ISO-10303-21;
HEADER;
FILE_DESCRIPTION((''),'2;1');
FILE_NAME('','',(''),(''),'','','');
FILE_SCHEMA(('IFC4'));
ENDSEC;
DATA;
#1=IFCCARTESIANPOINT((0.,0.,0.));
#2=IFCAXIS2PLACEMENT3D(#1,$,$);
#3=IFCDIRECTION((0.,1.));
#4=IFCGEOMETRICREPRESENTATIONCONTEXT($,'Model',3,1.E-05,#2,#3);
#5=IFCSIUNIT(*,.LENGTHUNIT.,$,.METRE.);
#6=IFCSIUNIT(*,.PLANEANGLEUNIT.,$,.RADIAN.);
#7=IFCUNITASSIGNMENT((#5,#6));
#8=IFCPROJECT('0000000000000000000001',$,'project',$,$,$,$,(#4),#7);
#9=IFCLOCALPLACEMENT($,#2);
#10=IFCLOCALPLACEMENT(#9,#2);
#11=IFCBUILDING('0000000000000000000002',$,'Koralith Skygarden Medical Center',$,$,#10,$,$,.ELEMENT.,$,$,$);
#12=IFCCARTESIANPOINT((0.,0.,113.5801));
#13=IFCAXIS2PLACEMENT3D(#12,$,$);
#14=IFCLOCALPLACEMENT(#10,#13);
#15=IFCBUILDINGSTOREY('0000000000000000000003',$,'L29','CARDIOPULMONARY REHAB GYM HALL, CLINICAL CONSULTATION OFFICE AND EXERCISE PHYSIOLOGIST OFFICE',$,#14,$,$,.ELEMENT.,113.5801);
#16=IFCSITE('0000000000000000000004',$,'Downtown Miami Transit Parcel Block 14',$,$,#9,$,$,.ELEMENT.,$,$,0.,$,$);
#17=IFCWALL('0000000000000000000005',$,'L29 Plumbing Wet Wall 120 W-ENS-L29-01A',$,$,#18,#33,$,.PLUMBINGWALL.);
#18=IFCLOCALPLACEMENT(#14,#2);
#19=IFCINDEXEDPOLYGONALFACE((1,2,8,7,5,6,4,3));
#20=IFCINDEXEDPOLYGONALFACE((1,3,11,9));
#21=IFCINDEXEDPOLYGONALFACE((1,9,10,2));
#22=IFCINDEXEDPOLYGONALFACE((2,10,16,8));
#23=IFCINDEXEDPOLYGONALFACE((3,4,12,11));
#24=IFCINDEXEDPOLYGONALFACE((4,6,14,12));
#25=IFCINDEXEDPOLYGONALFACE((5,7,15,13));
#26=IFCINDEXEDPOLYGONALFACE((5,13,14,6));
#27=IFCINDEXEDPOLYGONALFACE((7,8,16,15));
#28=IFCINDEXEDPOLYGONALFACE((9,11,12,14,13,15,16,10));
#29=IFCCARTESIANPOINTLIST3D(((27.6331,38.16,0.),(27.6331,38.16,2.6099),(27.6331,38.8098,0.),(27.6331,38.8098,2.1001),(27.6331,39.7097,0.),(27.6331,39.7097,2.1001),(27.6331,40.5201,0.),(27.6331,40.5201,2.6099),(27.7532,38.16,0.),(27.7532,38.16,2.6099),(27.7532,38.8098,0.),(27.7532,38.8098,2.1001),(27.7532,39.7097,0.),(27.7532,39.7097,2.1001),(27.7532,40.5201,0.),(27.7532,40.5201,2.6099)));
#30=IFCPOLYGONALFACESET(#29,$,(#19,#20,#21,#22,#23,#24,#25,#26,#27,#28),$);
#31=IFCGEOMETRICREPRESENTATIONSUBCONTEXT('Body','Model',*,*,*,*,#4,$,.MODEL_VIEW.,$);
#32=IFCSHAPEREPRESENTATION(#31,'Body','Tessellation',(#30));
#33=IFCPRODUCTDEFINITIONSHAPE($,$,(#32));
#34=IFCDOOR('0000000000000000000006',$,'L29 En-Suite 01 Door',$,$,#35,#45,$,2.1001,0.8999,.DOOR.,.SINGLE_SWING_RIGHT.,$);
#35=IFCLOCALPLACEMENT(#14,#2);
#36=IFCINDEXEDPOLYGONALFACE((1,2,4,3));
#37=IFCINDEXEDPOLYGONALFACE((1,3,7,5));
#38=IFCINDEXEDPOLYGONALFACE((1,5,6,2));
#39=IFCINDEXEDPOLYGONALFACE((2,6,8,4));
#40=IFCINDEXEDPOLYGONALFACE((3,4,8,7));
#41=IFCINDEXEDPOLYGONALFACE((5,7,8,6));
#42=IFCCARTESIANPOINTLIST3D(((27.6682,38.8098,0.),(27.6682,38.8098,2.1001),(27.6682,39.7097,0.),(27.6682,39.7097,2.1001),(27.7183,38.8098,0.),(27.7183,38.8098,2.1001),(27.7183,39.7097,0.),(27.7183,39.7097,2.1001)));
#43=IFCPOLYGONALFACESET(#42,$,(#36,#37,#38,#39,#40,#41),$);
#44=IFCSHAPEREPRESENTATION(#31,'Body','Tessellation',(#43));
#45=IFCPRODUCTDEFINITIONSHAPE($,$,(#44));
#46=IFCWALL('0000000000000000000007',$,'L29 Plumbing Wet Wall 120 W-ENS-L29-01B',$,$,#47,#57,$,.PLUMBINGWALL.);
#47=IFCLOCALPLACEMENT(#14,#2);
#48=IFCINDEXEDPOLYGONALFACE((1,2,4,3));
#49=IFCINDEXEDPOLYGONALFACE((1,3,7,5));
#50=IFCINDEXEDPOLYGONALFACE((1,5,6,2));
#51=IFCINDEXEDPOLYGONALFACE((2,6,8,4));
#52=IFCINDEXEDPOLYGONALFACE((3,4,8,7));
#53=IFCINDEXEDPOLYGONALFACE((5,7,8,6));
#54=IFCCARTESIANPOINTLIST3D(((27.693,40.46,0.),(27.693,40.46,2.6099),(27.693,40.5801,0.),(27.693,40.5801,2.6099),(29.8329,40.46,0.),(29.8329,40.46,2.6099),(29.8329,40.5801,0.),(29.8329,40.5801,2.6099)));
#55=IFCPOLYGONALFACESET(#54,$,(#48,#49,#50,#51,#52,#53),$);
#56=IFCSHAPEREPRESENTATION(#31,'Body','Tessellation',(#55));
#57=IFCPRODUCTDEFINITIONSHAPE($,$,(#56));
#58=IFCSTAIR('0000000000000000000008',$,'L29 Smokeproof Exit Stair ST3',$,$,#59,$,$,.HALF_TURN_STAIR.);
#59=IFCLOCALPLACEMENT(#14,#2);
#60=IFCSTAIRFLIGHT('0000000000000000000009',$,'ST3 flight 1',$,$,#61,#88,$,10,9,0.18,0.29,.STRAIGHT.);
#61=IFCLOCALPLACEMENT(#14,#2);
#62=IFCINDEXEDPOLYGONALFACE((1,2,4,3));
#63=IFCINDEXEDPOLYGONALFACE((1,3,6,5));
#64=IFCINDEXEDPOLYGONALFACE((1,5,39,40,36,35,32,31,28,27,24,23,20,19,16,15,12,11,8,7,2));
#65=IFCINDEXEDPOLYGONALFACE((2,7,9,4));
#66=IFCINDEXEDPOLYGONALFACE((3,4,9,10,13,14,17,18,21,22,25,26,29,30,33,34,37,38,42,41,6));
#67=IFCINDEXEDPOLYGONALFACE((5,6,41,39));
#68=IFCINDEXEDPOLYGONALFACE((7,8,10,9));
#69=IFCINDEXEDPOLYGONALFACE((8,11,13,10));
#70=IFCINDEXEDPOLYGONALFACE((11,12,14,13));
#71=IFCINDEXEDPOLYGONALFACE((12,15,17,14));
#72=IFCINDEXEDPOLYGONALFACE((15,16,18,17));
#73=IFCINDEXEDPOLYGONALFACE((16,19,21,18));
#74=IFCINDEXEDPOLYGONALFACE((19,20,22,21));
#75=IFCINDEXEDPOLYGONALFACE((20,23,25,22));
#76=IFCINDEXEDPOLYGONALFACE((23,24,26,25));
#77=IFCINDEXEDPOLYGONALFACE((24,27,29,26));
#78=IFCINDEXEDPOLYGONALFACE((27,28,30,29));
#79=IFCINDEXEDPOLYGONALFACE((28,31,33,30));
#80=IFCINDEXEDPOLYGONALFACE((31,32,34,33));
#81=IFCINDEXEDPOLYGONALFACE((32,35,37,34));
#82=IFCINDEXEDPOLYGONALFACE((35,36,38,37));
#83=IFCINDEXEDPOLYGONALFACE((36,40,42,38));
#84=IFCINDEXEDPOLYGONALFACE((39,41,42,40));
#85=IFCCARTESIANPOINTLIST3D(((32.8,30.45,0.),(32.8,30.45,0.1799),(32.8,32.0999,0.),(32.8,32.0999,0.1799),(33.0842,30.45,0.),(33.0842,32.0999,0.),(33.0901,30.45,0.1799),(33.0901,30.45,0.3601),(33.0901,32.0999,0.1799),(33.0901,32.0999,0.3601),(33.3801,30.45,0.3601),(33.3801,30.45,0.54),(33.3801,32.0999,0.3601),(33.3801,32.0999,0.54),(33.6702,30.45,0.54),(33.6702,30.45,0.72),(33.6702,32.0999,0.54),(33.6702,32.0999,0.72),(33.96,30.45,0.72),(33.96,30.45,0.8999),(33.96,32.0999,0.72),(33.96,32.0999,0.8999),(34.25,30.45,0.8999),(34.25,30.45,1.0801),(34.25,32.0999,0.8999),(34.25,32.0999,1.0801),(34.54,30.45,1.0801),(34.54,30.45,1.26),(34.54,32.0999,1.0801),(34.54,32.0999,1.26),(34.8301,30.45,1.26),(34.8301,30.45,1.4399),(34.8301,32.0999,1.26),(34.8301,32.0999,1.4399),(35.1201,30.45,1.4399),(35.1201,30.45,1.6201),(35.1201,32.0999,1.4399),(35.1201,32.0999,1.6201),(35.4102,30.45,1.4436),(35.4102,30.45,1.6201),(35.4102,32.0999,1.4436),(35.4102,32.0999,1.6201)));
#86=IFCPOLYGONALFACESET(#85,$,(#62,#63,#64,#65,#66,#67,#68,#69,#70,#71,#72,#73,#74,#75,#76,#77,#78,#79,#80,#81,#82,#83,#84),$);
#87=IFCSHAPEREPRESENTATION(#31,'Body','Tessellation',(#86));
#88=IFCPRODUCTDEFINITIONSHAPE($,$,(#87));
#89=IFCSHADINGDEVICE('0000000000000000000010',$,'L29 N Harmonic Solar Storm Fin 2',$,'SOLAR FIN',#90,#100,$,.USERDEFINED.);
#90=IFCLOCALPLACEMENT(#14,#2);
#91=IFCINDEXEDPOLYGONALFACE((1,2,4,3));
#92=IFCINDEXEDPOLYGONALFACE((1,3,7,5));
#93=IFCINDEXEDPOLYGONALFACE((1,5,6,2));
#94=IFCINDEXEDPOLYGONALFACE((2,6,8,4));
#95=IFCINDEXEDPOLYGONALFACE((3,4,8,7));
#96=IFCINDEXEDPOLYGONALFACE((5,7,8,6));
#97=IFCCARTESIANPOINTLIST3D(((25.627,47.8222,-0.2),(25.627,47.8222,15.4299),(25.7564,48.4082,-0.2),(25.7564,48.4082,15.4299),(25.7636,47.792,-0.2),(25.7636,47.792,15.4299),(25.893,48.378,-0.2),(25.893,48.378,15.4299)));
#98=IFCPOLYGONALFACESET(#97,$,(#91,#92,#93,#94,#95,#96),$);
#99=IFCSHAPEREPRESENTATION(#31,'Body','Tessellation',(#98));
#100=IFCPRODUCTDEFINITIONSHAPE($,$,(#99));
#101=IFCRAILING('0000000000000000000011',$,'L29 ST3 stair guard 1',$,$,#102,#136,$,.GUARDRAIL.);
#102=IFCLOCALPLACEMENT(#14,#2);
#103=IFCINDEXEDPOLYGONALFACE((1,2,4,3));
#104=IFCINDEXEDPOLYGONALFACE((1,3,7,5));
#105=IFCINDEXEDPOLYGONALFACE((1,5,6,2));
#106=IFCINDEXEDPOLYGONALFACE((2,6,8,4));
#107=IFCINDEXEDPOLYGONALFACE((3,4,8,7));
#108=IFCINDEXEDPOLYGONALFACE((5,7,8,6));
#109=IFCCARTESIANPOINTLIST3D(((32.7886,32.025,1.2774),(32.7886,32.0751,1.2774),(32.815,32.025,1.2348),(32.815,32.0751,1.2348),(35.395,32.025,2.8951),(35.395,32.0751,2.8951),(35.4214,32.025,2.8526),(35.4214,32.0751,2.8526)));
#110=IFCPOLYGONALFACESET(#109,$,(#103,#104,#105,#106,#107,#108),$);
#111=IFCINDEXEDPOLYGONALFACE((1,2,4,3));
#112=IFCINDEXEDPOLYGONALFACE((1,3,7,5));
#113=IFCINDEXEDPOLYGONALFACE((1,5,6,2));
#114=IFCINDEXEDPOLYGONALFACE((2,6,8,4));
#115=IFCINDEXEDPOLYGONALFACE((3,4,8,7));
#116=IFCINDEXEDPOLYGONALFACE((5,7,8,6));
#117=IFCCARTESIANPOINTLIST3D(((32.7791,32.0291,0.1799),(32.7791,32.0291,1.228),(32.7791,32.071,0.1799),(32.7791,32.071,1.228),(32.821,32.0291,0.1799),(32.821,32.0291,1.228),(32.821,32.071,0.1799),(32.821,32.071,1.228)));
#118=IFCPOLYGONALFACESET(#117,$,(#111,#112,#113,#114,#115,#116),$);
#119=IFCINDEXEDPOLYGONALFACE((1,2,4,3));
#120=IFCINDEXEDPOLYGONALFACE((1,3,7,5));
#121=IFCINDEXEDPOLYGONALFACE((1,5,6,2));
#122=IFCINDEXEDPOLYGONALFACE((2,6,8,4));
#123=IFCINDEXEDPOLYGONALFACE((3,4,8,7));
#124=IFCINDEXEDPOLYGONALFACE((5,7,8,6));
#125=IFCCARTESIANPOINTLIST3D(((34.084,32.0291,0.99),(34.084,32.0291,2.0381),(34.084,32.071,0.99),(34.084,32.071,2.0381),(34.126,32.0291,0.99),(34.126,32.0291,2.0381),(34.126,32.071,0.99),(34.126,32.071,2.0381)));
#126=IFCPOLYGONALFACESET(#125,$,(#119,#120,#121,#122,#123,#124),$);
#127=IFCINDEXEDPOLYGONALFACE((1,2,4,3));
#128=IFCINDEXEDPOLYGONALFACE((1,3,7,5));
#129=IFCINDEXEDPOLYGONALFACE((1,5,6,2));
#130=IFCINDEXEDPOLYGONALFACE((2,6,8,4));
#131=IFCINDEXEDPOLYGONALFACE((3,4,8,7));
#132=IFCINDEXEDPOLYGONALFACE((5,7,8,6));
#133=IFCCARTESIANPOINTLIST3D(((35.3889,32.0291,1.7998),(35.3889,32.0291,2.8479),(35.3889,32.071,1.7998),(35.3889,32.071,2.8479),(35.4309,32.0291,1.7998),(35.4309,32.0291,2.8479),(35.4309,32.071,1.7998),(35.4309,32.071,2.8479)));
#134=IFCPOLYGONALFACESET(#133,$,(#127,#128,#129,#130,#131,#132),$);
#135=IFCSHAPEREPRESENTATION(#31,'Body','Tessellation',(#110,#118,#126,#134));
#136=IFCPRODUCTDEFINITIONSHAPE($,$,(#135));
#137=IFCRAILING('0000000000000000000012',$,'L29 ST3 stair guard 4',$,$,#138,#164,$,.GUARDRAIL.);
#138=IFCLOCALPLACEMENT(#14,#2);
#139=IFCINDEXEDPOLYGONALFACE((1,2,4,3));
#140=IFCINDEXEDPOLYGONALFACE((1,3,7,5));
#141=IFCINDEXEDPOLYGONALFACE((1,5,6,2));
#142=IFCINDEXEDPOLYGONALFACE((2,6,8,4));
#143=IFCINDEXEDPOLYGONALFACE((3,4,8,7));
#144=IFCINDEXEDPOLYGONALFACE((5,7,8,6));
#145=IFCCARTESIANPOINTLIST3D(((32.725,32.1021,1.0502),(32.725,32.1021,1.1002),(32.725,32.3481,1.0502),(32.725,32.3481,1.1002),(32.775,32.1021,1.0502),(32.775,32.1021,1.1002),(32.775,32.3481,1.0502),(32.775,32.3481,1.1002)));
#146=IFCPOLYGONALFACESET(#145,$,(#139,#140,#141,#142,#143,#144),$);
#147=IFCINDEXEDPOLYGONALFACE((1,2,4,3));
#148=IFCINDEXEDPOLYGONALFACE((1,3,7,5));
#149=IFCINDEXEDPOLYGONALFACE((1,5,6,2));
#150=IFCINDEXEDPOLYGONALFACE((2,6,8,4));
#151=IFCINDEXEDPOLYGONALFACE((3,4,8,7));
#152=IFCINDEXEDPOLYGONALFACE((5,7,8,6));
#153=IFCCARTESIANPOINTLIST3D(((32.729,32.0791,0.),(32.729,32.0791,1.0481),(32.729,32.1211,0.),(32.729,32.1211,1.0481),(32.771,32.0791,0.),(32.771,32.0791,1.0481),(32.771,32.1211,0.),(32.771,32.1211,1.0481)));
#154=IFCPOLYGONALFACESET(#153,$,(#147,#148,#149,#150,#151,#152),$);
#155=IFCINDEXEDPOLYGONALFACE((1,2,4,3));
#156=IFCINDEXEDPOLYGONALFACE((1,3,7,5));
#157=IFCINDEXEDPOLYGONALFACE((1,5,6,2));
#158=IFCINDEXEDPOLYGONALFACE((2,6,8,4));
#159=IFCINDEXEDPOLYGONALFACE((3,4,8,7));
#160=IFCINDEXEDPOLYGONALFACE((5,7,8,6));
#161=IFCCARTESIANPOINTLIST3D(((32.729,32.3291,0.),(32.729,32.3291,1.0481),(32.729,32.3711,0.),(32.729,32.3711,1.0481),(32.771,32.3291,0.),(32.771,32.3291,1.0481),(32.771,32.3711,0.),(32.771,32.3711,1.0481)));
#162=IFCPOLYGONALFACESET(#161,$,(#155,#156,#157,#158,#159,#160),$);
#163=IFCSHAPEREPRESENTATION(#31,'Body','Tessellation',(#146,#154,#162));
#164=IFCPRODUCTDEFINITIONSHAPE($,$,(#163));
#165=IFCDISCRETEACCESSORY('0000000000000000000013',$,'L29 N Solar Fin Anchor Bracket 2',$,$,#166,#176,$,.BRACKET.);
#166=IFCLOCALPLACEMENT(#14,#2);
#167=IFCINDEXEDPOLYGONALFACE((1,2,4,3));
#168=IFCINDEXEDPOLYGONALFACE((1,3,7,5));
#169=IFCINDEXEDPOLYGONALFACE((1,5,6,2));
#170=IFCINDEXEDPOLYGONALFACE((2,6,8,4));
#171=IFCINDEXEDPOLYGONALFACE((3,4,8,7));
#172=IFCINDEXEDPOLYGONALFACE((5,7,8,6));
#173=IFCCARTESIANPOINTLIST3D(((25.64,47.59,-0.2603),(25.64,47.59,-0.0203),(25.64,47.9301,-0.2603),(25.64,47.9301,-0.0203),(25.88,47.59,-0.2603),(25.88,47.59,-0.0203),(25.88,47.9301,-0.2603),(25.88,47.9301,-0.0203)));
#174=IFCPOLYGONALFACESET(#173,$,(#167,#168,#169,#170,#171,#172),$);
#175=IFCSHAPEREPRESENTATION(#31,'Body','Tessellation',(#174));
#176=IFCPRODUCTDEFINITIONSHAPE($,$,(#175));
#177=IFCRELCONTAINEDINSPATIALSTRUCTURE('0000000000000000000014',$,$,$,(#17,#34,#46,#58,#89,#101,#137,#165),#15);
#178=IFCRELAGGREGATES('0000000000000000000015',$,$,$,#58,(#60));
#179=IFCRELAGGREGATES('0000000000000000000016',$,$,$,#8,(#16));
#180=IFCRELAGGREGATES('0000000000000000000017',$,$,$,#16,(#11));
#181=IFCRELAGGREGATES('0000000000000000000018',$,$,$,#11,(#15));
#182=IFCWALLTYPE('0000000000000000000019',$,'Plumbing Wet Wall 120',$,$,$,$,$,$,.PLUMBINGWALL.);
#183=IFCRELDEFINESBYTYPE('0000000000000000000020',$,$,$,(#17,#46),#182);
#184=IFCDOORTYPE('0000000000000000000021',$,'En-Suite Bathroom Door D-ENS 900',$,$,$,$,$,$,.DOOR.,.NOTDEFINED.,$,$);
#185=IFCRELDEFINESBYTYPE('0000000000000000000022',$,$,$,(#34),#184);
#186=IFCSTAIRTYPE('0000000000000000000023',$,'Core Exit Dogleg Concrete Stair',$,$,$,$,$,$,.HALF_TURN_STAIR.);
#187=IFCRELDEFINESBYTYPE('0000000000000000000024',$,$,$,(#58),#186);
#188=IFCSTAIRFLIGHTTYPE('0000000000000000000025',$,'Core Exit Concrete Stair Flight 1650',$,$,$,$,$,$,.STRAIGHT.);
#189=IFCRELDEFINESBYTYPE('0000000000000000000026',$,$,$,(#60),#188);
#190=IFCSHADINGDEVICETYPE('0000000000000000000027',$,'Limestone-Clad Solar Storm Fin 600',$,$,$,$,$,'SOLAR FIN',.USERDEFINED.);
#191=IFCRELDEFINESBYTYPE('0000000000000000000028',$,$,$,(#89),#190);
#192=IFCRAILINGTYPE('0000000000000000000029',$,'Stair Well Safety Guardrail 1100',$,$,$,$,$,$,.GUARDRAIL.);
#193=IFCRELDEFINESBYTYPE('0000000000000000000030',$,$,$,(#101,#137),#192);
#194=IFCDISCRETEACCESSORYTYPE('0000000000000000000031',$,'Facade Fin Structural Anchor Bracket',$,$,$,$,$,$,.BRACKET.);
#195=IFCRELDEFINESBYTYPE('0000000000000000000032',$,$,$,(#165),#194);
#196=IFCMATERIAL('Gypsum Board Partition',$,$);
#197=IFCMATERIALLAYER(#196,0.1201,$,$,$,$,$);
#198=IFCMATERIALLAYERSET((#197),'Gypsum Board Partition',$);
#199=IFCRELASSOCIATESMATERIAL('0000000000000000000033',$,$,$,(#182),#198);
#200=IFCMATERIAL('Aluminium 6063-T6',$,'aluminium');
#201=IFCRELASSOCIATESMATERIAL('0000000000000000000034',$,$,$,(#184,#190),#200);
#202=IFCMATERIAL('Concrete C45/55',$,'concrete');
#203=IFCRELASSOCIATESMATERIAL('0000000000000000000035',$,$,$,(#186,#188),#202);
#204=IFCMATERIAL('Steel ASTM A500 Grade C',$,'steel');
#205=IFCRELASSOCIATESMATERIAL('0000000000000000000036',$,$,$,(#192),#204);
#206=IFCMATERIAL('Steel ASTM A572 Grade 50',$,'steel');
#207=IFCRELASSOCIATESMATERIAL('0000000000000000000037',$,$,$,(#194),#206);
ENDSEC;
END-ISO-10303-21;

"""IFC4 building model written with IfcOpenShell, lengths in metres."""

from ifc_helpers import new_model, si_unit, direction, frame, frame_2d, origin, origin_2d, place, context, subcontext, project, spatial, polyline, rectangle, outline, extrude, material, layer, layer_set, type_object, element, fill, aggregate, save


model = new_model("IFC4")

# Units and contexts
model_context = context("Model", 3, precision=1e-05, world=origin(), true_north=direction((0.0, 1.0)))
body_context = subcontext(model_context, "Body", "Model", "MODEL_VIEW")
ifc_project = project(units=[si_unit("LENGTHUNIT", "METRE"), si_unit("PLANEANGLEUNIT", "RADIAN")], contexts=[model_context])

# Site, building, storey
site_placement = place(None, origin())
site = spatial("IfcSite", under=ifc_project, at=site_placement, Name="Downtown Miami Transit Parcel Block 14", CompositionType="ELEMENT", RefElevation=0.0)
building_placement = place(site_placement, origin())
building = spatial("IfcBuilding", under=site, at=building_placement, Name="Koralith Skygarden Medical Center", CompositionType="ELEMENT")
storey_placement = place(building_placement, frame((0.0, 0.0, 113.5801)))
storey = spatial("IfcBuildingStorey", under=building, at=storey_placement, Name="L29", Description="CARDIOPULMONARY REHAB GYM HALL, CLINICAL CONSULTATION OFFICE AND EXERCISE PHYSIOLOGIST OFFICE", CompositionType="ELEMENT", Elevation=113.5801)

# Shared definitions
ifc_material_1 = material(Name="Aluminium 6063-T6", Category="aluminium")

# Shared definitions
ifc_material_2 = material(Name="Concrete C45/55", Category="concrete")

# Shared definitions
ifc_material_3 = material(Name="Gypsum Board Partition")

# Wall, opening, door
ifc_layer_1 = layer(ifc_material_3, 0.1201)
ifc_layer_set_1 = layer_set([ifc_layer_1], Name="Gypsum Board Partition")
wall_type_1 = type_object("IfcWallType", Name="Plumbing Wet Wall 120", PredefinedType="PLUMBINGWALL", material=ifc_layer_set_1)
wall_1_placement = place(storey_placement, frame((27.6931, 38.1599, 0.0), z_axis=(0.0, 0.0, 1.0), x_axis=(0.0, 1.0, 0.0)))
wall_1 = element("IfcWall", 1, at=wall_1_placement, inside=storey, type_object=wall_type_1, Name="L29 Plumbing Wet Wall 120 W-ENS-L29-01A", PredefinedType="PLUMBINGWALL", context=body_context, shape_type="SweptSolid", body=[
    extrude(rectangle(XDim=2.3601, YDim=0.1201, at=frame_2d((1.1802, 0.0))), origin(), (0.0, 0.0, 1.0), 2.6099),
])
opening_1_placement = place(wall_1_placement, frame((0.6499, 0.0, 0.0)))
opening_1 = element("IfcOpeningElement", 2, at=opening_1_placement, cuts=wall_1, PredefinedType="OPENING", context=body_context, shape_type="SweptSolid", body=[
    extrude(rectangle(XDim=0.8999, YDim=2.1001, at=frame_2d((0.45, 1.05))), frame((0.0, 0.0701, 0.0), z_axis=(0.0, -1.0, 0.0), x_axis=(1.0, 0.0, 0.0)), (0.0, 0.0, 1.0), 0.1401),
])
door_type_1 = type_object("IfcDoorType", Name="En-Suite Bathroom Door D-ENS 900", OperationType="NOTDEFINED", PredefinedType="DOOR", material=ifc_material_1)
door_1_placement = place(opening_1_placement, origin())
door_1 = element("IfcDoor", 3, at=door_1_placement, inside=storey, type_object=door_type_1, Name="L29 En-Suite 01 Door", OperationType="SINGLE_SWING_RIGHT", OverallHeight=2.1001, OverallWidth=0.8999, PredefinedType="DOOR", context=body_context, shape_type="SweptSolid", body=[
    extrude(rectangle(XDim=0.8999, YDim=2.1001, at=frame_2d((0.45, 1.05))), frame((0.0, 0.0249, 0.0), z_axis=(0.0, -1.0, 0.0), x_axis=(1.0, 0.0, 0.0)), (0.0, 0.0, 1.0), 0.05),
])
fill(opening_1, door_1)

# Wall
wall_2_placement = place(storey_placement, frame((27.6931, 40.52, 0.0), z_axis=(0.0, 0.0, 1.0), x_axis=(1.0, 0.0, 0.0)))
element("IfcWall", 4, at=wall_2_placement, inside=storey, type_object=wall_type_1, Name="L29 Plumbing Wet Wall 120 W-ENS-L29-01B", PredefinedType="PLUMBINGWALL", context=body_context, shape_type="SweptSolid", body=[
    extrude(rectangle(XDim=2.1399, YDim=0.1201, at=frame_2d((1.0698, 0.0))), origin(), (0.0, 0.0, 1.0), 2.6099),
])

# Stair, stair flight
stair_type = type_object("IfcStairType", Name="Core Exit Dogleg Concrete Stair", PredefinedType="HALF_TURN_STAIR", material=ifc_material_2)
stair_placement = place(storey_placement, origin())
stair = element("IfcStair", 5, at=stair_placement, inside=storey, type_object=stair_type, Name="L29 Smokeproof Exit Stair ST3", PredefinedType="HALF_TURN_STAIR")
stair_flight_type = type_object("IfcStairFlightType", Name="Core Exit Concrete Stair Flight 1650", PredefinedType="STRAIGHT", material=ifc_material_2)
stair_flight_placement = place(storey_placement, frame((32.8, 31.2749, 0.0), z_axis=(0.0, 0.0, 1.0), x_axis=(1.0, 0.0, 0.0)))
stair_flight = element("IfcStairFlight", 6, at=stair_flight_placement, type_object=stair_flight_type, Name="ST3 flight 1", NumberOfRisers=10, NumberOfTreads=9, PredefinedType="STRAIGHT", RiserHeight=0.18, TreadLength=0.29, context=body_context, shape_type="SweptSolid", body=[
    extrude(outline(polyline([(0.0, 0.0), (0.0, 0.1799), (0.29, 0.1799), (0.29, 0.3601), (0.5801, 0.3601), (0.5801, 0.54), (0.8701, 0.54), (0.8701, 0.72), (1.1599, 0.72), (1.1599, 0.8999), (1.45, 0.8999), (1.45, 1.0801), (1.74, 1.0801), (1.74, 1.26), (2.03, 1.26), (2.03, 1.4399), (2.3201, 1.4399), (2.3201, 1.6201), (2.6101, 1.6201), (2.6101, 1.8), (2.6101, 1.4436), (0.2842, 0.0), (0.0, 0.0)])), frame((0.0, 0.825, 0.0), z_axis=(0.0, -1.0, 0.0), x_axis=(1.0, 0.0, 0.0)), (0.0, 0.0, 1.0), 1.6499),
])
aggregate(stair, [stair_flight])

# Shading device
shading_device_type = type_object("IfcShadingDeviceType", Name="Limestone-Clad Solar Storm Fin 600", ElementType="SOLAR FIN", PredefinedType="USERDEFINED", material=ifc_material_1)
shading_device_placement = place(storey_placement, frame((25.76, 48.1001, -0.2), z_axis=(0.0, 0.0, 1.0), x_axis=(0.215553, 0.976492, 0.0)))
element("IfcShadingDevice", 7, at=shading_device_placement, inside=storey, type_object=shading_device_type, Name="L29 N Harmonic Solar Storm Fin 2", ObjectType="SOLAR FIN", PredefinedType="USERDEFINED", context=body_context, shape_type="SweptSolid", body=[
    extrude(rectangle(XDim=0.6001, YDim=0.1399, at=origin_2d()), origin(), (0.0, 0.0, 1.0), 15.6299),
])

# Railings
ifc_material_4 = material(Name="Steel ASTM A500 Grade C", Category="steel")
railing_type = type_object("IfcRailingType", Name="Stair Well Safety Guardrail 1100", PredefinedType="GUARDRAIL", material=ifc_material_4)
railing_1_placement = place(storey_placement, frame((32.8, 32.05, 0.1799)))
element("IfcRailing", 8, at=railing_1_placement, inside=storey, type_object=railing_type, Name="L29 ST3 stair guard 1", PredefinedType="GUARDRAIL", context=body_context, shape_type="SweptSolid", body=[
    extrude(rectangle(XDim=0.05, YDim=0.05, at=origin_2d()), frame((0.0017, 0.0, 1.0762), z_axis=(0.849646, 0.0, 0.527353), x_axis=(0.0, 1.0, 0.0)), (0.0, 0.0, 1.0), 3.0676),
    extrude(rectangle(XDim=0.042, YDim=0.042, at=origin_2d()), origin(), (0.0, 0.0, 1.0), 1.0481),
    extrude(rectangle(XDim=0.042, YDim=0.042, at=origin_2d()), frame((1.3049, 0.0, 0.8101)), (0.0, 0.0, 1.0), 1.0481),
    extrude(rectangle(XDim=0.042, YDim=0.042, at=origin_2d()), frame((2.6099, 0.0, 1.6199)), (0.0, 0.0, 1.0), 1.0481),
])
railing_2_placement = place(storey_placement, frame((32.75, 32.1001, 0.0)))
element("IfcRailing", 9, at=railing_2_placement, inside=storey, type_object=railing_type, Name="L29 ST3 stair guard 4", PredefinedType="GUARDRAIL", context=body_context, shape_type="SweptSolid", body=[
    extrude(rectangle(XDim=0.05, YDim=0.05, at=origin_2d()), frame((0.0, 0.002, 1.0752), z_axis=(0.0, 1.0, 0.0), x_axis=(-1.0, 0.0, 0.0)), (0.0, 0.0, 1.0), 0.2461),
    extrude(rectangle(XDim=0.042, YDim=0.042, at=origin_2d()), origin(), (0.0, 0.0, 1.0), 1.0481),
    extrude(rectangle(XDim=0.042, YDim=0.042, at=origin_2d()), frame((0.0, 0.25, 0.0)), (0.0, 0.0, 1.0), 1.0481),
])

# Discrete accessory
ifc_material_5 = material(Name="Steel ASTM A572 Grade 50", Category="steel")
discrete_accessory_type = type_object("IfcDiscreteAccessoryType", Name="Facade Fin Structural Anchor Bracket", PredefinedType="BRACKET", material=ifc_material_5)
discrete_accessory_placement = place(storey_placement, frame((25.76, 47.76, -0.2603), z_axis=(0.0, 0.0, 1.0), x_axis=(0.0, 1.0, 0.0)))
element("IfcDiscreteAccessory", 10, at=discrete_accessory_placement, inside=storey, type_object=discrete_accessory_type, Name="L29 N Solar Fin Anchor Bracket 2", PredefinedType="BRACKET", context=body_context, shape_type="SweptSolid", body=[
    extrude(rectangle(XDim=0.3401, YDim=0.24, at=origin_2d()), origin(), (0.0, 0.0, 1.0), 0.24),
])

save(model, "model.ifc")
